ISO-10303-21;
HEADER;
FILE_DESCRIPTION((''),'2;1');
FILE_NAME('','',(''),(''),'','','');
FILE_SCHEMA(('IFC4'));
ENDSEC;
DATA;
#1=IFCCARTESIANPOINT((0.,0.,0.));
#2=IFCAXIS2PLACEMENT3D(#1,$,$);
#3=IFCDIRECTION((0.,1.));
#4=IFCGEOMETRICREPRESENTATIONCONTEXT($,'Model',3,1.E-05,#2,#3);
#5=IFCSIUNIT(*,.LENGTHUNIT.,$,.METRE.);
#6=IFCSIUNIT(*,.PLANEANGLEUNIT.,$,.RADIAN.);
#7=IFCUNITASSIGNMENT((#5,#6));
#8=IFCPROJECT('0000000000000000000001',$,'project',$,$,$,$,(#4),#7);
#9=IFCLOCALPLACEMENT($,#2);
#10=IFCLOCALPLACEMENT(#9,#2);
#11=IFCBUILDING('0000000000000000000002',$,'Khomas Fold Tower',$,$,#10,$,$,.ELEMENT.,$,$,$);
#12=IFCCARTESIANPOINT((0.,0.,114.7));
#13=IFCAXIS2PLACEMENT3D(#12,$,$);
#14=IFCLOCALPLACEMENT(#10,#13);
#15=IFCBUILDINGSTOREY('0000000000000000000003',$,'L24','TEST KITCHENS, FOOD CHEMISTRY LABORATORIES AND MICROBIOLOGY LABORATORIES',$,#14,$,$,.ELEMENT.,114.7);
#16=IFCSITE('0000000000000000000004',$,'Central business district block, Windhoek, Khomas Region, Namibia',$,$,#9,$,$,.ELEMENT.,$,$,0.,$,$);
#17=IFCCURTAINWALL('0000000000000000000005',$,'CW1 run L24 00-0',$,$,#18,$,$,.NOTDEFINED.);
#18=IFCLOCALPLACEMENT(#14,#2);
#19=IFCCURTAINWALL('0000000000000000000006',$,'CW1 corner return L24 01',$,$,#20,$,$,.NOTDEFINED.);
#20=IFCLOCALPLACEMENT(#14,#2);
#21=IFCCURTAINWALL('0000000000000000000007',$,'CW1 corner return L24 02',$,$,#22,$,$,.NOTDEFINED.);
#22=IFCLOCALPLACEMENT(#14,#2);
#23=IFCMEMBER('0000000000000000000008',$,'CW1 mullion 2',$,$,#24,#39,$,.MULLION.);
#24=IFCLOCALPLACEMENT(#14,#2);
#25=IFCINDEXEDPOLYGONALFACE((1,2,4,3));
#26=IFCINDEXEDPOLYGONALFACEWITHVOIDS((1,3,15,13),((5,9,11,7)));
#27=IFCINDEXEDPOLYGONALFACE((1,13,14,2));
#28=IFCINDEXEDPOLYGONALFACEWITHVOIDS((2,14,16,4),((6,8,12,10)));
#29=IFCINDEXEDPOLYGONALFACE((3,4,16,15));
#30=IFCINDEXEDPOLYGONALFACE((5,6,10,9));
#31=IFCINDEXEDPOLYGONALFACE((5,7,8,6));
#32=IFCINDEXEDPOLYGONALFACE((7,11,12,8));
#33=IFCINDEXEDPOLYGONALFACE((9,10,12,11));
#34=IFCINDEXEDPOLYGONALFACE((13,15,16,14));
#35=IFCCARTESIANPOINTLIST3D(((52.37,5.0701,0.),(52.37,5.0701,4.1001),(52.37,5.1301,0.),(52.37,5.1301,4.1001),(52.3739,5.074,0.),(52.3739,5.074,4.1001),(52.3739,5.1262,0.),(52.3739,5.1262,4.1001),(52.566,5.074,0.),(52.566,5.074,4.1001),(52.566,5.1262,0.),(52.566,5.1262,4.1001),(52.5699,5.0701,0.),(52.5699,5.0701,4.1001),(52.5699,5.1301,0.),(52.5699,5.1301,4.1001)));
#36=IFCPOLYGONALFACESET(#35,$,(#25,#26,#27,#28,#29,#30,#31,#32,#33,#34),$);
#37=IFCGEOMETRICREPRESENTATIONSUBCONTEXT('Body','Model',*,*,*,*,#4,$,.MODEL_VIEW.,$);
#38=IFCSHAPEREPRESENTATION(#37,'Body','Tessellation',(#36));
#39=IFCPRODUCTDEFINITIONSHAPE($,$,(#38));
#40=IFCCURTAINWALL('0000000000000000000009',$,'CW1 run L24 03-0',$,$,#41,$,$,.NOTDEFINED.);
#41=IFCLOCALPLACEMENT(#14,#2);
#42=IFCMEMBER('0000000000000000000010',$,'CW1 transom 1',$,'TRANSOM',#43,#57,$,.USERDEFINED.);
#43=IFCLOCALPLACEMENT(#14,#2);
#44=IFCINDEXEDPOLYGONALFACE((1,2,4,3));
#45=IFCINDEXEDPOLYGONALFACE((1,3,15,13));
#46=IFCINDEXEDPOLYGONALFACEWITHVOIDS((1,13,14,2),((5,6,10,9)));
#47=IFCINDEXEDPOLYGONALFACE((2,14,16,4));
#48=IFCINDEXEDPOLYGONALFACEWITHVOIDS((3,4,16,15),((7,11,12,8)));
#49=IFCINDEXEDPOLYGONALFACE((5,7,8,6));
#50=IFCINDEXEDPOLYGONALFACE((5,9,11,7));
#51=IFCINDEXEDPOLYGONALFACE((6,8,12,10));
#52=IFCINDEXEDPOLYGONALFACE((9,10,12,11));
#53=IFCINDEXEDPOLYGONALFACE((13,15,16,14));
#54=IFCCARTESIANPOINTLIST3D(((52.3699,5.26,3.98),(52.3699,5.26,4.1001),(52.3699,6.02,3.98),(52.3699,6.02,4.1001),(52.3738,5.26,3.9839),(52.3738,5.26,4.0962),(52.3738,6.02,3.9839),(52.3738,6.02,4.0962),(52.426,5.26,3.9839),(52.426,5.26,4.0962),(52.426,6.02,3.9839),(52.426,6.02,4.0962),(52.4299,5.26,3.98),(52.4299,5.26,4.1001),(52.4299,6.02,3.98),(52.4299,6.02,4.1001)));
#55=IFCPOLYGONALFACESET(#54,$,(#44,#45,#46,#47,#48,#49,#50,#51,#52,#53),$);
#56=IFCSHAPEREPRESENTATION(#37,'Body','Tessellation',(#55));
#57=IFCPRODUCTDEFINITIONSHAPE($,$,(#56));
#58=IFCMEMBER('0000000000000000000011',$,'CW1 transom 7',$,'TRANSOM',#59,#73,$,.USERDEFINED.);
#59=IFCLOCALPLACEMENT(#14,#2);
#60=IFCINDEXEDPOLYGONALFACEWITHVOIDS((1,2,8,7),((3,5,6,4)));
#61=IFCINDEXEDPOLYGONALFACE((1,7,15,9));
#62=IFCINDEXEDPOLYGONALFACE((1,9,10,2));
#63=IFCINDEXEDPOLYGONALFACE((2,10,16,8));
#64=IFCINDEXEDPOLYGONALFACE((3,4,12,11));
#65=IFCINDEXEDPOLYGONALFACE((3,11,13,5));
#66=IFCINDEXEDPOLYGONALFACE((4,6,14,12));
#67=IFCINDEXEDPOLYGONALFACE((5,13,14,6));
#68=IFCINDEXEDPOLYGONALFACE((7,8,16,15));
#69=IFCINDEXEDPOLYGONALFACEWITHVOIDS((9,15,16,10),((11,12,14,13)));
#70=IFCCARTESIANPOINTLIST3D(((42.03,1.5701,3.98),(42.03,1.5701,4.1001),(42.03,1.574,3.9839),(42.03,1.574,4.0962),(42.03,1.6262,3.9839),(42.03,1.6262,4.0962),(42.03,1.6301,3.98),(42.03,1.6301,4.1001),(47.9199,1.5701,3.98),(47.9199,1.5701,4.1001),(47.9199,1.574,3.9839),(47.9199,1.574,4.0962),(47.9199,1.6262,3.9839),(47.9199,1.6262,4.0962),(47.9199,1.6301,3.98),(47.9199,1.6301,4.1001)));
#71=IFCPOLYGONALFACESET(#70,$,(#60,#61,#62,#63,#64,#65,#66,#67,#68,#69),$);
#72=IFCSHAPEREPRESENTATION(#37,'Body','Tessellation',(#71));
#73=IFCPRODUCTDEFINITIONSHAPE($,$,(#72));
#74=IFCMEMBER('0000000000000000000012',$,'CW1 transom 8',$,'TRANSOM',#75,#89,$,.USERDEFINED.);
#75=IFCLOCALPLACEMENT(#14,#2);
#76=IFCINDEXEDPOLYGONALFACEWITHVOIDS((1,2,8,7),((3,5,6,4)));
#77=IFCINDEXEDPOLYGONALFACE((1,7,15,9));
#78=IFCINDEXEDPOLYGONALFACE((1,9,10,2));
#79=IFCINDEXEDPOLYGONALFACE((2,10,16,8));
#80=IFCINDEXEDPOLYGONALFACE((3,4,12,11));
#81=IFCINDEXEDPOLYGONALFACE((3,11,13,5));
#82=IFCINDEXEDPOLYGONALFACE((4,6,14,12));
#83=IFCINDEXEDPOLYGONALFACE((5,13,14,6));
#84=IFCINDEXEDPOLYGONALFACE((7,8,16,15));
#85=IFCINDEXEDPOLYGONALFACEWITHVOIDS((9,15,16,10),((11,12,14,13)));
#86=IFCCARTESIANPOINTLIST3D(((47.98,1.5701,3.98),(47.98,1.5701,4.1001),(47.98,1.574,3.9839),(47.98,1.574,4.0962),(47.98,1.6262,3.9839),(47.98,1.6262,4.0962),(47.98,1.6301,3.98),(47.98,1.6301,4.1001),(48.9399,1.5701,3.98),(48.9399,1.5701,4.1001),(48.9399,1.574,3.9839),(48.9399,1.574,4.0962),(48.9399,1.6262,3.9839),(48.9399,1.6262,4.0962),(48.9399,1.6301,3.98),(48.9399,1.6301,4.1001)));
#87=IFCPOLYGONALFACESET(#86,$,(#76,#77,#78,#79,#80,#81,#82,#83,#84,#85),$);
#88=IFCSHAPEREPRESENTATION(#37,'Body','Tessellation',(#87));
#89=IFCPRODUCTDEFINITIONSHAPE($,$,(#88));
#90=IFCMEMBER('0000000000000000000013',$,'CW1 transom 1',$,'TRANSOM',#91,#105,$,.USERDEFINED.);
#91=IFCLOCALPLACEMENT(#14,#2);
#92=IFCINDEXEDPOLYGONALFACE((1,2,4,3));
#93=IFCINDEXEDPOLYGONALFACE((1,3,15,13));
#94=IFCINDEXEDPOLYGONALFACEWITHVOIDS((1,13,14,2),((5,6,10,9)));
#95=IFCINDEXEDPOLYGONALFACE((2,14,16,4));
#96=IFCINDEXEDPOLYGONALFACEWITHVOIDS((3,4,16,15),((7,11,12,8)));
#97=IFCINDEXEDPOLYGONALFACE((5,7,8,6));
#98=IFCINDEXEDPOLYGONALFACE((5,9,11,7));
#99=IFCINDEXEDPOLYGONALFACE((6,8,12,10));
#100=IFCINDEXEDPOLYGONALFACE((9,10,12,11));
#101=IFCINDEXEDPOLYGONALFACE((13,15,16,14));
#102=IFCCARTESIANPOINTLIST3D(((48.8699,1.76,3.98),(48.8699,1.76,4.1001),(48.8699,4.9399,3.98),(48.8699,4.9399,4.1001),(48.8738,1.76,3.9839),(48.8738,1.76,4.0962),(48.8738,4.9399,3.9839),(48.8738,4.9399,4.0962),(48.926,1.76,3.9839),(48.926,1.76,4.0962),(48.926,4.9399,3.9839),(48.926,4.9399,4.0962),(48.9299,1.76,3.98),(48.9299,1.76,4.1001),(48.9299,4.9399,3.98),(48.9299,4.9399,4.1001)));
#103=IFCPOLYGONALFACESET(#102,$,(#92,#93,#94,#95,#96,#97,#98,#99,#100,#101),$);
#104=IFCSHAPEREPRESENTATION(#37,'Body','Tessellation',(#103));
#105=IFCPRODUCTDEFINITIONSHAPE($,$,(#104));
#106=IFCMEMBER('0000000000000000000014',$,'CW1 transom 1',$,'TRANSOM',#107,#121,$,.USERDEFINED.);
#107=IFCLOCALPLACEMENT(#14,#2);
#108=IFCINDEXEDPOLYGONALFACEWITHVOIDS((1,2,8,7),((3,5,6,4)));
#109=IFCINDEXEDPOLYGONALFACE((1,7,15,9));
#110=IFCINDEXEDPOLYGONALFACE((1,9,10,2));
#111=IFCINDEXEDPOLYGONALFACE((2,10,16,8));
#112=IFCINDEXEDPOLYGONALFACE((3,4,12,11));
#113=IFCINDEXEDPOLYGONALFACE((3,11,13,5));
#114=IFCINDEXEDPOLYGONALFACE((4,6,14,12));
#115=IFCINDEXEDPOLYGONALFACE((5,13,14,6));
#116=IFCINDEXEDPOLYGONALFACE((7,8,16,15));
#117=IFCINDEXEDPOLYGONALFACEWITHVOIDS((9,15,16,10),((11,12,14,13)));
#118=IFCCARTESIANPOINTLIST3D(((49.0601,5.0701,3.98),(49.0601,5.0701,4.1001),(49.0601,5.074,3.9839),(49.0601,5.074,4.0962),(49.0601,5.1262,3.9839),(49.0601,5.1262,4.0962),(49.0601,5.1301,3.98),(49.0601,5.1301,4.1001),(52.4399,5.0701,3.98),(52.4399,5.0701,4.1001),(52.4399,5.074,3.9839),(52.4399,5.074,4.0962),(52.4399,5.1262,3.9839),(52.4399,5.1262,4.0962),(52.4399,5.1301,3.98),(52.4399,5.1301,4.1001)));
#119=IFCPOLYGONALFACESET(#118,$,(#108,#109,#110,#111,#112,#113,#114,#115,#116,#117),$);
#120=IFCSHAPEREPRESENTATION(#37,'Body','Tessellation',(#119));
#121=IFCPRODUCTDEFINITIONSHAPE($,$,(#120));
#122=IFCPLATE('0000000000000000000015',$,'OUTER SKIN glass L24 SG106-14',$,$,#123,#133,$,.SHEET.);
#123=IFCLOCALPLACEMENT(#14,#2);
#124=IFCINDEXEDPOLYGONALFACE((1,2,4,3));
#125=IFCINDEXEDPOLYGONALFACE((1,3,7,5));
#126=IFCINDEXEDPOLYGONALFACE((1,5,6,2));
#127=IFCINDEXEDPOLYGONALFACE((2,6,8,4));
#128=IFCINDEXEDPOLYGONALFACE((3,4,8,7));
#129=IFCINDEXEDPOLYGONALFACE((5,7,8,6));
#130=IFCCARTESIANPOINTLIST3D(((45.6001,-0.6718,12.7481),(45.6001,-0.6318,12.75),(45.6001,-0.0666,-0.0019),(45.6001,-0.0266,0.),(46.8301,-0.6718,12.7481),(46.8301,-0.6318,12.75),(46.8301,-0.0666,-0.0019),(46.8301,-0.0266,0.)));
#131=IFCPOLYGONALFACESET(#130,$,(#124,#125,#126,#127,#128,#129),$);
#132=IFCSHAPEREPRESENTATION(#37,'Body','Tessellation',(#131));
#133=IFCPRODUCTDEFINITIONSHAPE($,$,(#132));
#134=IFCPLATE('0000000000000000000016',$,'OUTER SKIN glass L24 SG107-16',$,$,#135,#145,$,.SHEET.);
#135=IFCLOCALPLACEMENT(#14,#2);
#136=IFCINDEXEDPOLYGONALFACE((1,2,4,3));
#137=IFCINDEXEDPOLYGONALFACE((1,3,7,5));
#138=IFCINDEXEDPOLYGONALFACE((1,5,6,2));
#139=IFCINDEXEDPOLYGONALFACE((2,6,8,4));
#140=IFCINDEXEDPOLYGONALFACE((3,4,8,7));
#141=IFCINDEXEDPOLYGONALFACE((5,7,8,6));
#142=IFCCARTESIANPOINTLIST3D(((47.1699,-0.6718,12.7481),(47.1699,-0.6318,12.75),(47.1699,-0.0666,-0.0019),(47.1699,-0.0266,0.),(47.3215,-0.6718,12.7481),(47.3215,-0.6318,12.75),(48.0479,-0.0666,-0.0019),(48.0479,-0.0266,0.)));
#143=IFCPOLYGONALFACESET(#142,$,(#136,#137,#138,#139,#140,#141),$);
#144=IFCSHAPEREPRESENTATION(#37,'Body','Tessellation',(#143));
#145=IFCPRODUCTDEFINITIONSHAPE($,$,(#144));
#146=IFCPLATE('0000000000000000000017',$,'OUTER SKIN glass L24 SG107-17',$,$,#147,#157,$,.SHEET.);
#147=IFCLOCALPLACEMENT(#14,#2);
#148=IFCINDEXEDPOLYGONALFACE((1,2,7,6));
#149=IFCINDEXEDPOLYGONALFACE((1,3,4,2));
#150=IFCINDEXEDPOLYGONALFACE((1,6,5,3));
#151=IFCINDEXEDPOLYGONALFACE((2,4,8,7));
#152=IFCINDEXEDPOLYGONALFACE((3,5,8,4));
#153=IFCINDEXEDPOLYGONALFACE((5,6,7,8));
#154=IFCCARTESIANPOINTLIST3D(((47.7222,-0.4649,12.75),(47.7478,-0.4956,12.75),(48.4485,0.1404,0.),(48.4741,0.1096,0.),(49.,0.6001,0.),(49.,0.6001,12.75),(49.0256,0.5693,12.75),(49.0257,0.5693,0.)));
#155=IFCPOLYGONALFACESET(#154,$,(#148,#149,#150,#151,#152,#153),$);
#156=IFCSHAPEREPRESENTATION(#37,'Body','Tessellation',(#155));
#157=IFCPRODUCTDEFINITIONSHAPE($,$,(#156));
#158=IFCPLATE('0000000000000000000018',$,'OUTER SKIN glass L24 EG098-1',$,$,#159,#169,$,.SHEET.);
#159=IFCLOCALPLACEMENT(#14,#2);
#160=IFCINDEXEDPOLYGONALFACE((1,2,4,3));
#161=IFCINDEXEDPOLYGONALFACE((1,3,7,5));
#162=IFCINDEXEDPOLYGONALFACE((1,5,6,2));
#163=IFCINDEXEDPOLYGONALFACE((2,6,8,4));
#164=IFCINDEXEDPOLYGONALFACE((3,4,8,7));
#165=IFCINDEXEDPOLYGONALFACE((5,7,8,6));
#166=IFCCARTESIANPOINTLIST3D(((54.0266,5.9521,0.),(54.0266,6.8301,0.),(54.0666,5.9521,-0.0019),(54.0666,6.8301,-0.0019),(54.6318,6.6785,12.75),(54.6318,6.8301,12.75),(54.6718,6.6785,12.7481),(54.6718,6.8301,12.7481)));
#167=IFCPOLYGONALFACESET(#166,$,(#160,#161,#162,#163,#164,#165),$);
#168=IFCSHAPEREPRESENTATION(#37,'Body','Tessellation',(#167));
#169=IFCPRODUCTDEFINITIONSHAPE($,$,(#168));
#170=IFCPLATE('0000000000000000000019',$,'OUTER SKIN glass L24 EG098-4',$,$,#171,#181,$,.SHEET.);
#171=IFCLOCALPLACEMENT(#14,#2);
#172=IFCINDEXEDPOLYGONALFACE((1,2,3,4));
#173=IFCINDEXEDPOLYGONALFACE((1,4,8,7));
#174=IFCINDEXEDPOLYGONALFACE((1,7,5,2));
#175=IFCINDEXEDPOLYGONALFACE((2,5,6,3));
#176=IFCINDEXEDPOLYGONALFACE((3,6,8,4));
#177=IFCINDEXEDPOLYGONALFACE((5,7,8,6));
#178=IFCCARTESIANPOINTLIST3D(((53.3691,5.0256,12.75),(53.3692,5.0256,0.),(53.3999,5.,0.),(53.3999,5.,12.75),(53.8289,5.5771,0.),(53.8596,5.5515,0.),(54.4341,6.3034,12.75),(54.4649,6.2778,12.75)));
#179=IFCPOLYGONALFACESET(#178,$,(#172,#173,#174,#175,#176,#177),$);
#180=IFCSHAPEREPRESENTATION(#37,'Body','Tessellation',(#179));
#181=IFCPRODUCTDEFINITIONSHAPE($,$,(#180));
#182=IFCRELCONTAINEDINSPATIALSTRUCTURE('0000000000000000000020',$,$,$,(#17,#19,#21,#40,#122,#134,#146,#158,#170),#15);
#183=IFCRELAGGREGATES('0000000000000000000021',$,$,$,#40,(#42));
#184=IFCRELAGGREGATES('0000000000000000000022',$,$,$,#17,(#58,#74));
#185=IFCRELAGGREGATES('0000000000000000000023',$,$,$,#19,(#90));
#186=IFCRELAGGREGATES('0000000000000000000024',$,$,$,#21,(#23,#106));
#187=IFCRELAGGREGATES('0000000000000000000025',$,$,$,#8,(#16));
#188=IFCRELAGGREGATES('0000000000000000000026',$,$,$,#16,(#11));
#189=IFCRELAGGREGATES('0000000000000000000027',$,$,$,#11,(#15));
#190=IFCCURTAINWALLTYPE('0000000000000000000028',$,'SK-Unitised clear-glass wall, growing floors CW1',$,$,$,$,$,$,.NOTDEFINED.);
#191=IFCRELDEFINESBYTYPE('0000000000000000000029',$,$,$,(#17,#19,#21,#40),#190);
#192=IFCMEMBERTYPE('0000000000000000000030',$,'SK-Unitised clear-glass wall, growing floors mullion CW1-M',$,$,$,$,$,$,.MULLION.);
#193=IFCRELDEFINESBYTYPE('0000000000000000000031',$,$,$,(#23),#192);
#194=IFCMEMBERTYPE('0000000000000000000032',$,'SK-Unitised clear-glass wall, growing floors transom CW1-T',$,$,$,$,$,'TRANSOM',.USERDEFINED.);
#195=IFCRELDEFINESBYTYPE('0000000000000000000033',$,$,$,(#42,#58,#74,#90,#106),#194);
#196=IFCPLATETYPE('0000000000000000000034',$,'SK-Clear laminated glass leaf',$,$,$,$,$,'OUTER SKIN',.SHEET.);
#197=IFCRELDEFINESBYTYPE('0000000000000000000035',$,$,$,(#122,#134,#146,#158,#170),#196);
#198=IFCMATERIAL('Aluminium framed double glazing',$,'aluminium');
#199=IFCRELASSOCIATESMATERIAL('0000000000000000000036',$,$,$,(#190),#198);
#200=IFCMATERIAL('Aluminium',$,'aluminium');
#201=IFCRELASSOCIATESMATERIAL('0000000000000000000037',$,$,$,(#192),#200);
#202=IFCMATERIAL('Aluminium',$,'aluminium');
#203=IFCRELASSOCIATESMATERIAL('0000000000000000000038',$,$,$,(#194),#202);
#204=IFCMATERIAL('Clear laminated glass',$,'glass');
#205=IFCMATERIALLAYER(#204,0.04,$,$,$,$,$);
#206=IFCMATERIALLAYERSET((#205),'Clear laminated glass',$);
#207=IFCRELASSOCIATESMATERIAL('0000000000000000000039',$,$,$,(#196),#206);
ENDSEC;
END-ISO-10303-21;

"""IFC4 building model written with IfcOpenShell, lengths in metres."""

from ifc_helpers import new_model, si_unit, direction, frame, origin, origin_2d, place, context, subcontext, project, spatial, polyline, hollow_rectangle, outline, extrude, source, transform, mapped, material, layer, layer_set, material_profile, profile_set, type_object, element, aggregate, save


model = new_model("IFC4")

# Units and contexts
model_context = context("Model", 3, precision=1e-05, world=origin(), true_north=direction((0.0, 1.0)))
body_context = subcontext(model_context, "Body", "Model", "MODEL_VIEW")
ifc_project = project(units=[si_unit("LENGTHUNIT", "METRE"), si_unit("PLANEANGLEUNIT", "RADIAN")], contexts=[model_context])

# Site, building, storey
site_placement = place(None, origin())
site = spatial("IfcSite", under=ifc_project, at=site_placement, Name="Central business district block, Windhoek, Khomas Region, Namibia", CompositionType="ELEMENT", RefElevation=0.0)
building_placement = place(site_placement, origin())
building = spatial("IfcBuilding", under=site, at=building_placement, Name="Khomas Fold Tower", CompositionType="ELEMENT")
storey_placement = place(building_placement, frame((0.0, 0.0, 114.7)))
storey = spatial("IfcBuildingStorey", under=building, at=storey_placement, Name="L24", Description="TEST KITCHENS, FOOD CHEMISTRY LABORATORIES AND MICROBIOLOGY LABORATORIES", CompositionType="ELEMENT", Elevation=114.7)

# Curtain walls, member
ifc_material_1 = material(Name="Aluminium framed double glazing", Category="aluminium")
curtain_wall_type = type_object("IfcCurtainWallType", Name="SK-Unitised clear-glass wall, growing floors CW1", PredefinedType="NOTDEFINED", material=ifc_material_1)
curtain_wall_1_placement = place(storey_placement, origin())
curtain_wall_1 = element("IfcCurtainWall", 1, at=curtain_wall_1_placement, inside=storey, type_object=curtain_wall_type, Name="CW1 run L24 00-0", PredefinedType="NOTDEFINED")
ifc_material_2 = material(Name="Aluminium", Category="aluminium")
ifc_material_profile_1 = material_profile(ifc_material_2, hollow_rectangle(XDim=0.0601, YDim=0.2, WallThickness=0.0039, at=origin_2d()), Name="SK-Unitised clear-glass wall, growing floors mullion CW1-M")
ifc_profile_set_1 = profile_set([ifc_material_profile_1], Name="Aluminium")
member_type_1 = type_object("IfcMemberType", Name="SK-Unitised clear-glass wall, growing floors mullion CW1-M", PredefinedType="MULLION", material=ifc_profile_set_1)
shared_shape_1 = source(origin(), body_context, "Body", "SweptSolid", [
    extrude(hollow_rectangle(XDim=0.0601, YDim=0.2, WallThickness=0.0039, at=origin_2d()), origin(), (0.0, 0.0, 1.0), 4.1001),
])
curtain_wall_2_placement = place(storey_placement, origin())
curtain_wall_2 = element("IfcCurtainWall", 2, at=curtain_wall_2_placement, inside=storey, type_object=curtain_wall_type, Name="CW1 corner return L24 01", PredefinedType="NOTDEFINED")
curtain_wall_3_placement = place(storey_placement, origin())
curtain_wall_3 = element("IfcCurtainWall", 3, at=curtain_wall_3_placement, inside=storey, type_object=curtain_wall_type, Name="CW1 corner return L24 02", PredefinedType="NOTDEFINED")
member_1_placement = place(storey_placement, frame((52.47, 5.1001, 0.0), z_axis=(0.0, 0.0, 1.0), x_axis=(0.0, 1.0, 0.0)))
member_1 = element("IfcMember", 4, at=member_1_placement, type_object=member_type_1, Name="CW1 mullion 2", PredefinedType="MULLION", context=body_context, shape_type="MappedRepresentation", body=[
    mapped(shared_shape_1, transform((0.0, 0.0, 0.0))),
])

# Curtain wall, member
curtain_wall_4_placement = place(storey_placement, origin())
curtain_wall_4 = element("IfcCurtainWall", 5, at=curtain_wall_4_placement, inside=storey, type_object=curtain_wall_type, Name="CW1 run L24 03-0", PredefinedType="NOTDEFINED")
ifc_material_3 = material(Name="Aluminium", Category="aluminium")
ifc_material_profile_2 = material_profile(ifc_material_3, hollow_rectangle(XDim=0.0601, YDim=0.1201, WallThickness=0.0039, at=origin_2d()), Name="SK-Unitised clear-glass wall, growing floors transom CW1-T")
ifc_profile_set_2 = profile_set([ifc_material_profile_2], Name="Aluminium")
member_type_2 = type_object("IfcMemberType", Name="SK-Unitised clear-glass wall, growing floors transom CW1-T", ElementType="TRANSOM", PredefinedType="USERDEFINED", material=ifc_profile_set_2)
shared_shape_2 = source(origin(), body_context, "Body", "SweptSolid", [
    extrude(hollow_rectangle(XDim=0.0601, YDim=0.1201, WallThickness=0.0039, at=origin_2d()), origin(), (0.0, 0.0, 1.0), 0.76),
])
member_2_placement = place(storey_placement, frame((52.3999, 5.26, 4.04), z_axis=(0.0, 1.0, 0.0), x_axis=(-1.0, 0.0, 0.0)))
member_2 = element("IfcMember", 6, at=member_2_placement, type_object=member_type_2, Name="CW1 transom 1", ObjectType="TRANSOM", PredefinedType="USERDEFINED", context=body_context, shape_type="MappedRepresentation", body=[
    mapped(shared_shape_2, transform((0.0, 0.0, 0.0))),
])

# Members
shared_shape_3 = source(origin(), body_context, "Body", "SweptSolid", [
    extrude(hollow_rectangle(XDim=0.0601, YDim=0.1201, WallThickness=0.0039, at=origin_2d()), origin(), (0.0, 0.0, 1.0), 5.8899),
])
member_3_placement = place(storey_placement, frame((42.03, 1.6001, 4.04), z_axis=(1.0, 0.0, 0.0), x_axis=(0.0, 1.0, 0.0)))
member_3 = element("IfcMember", 7, at=member_3_placement, type_object=member_type_2, Name="CW1 transom 7", ObjectType="TRANSOM", PredefinedType="USERDEFINED", context=body_context, shape_type="MappedRepresentation", body=[
    mapped(shared_shape_3, transform((0.0, 0.0, 0.0))),
])
shared_shape_4 = source(origin(), body_context, "Body", "SweptSolid", [
    extrude(hollow_rectangle(XDim=0.0601, YDim=0.1201, WallThickness=0.0039, at=origin_2d()), origin(), (0.0, 0.0, 1.0), 0.96),
])
member_4_placement = place(storey_placement, frame((47.98, 1.6001, 4.04), z_axis=(1.0, 0.0, 0.0), x_axis=(0.0, 1.0, 0.0)))
member_4 = element("IfcMember", 8, at=member_4_placement, type_object=member_type_2, Name="CW1 transom 8", ObjectType="TRANSOM", PredefinedType="USERDEFINED", context=body_context, shape_type="MappedRepresentation", body=[
    mapped(shared_shape_4, transform((0.0, 0.0, 0.0))),
])
shared_shape_5 = source(origin(), body_context, "Body", "SweptSolid", [
    extrude(hollow_rectangle(XDim=0.0601, YDim=0.1201, WallThickness=0.0039, at=origin_2d()), origin(), (0.0, 0.0, 1.0), 3.1799),
])
member_5_placement = place(storey_placement, frame((48.8999, 1.76, 4.04), z_axis=(0.0, 1.0, 0.0), x_axis=(-1.0, 0.0, 0.0)))
member_5 = element("IfcMember", 9, at=member_5_placement, type_object=member_type_2, Name="CW1 transom 1", ObjectType="TRANSOM", PredefinedType="USERDEFINED", context=body_context, shape_type="MappedRepresentation", body=[
    mapped(shared_shape_5, transform((0.0, 0.0, 0.0))),
])
shared_shape_6 = source(origin(), body_context, "Body", "SweptSolid", [
    extrude(hollow_rectangle(XDim=0.0601, YDim=0.1201, WallThickness=0.0039, at=origin_2d()), origin(), (0.0, 0.0, 1.0), 3.3799),
])
member_6_placement = place(storey_placement, frame((49.0601, 5.1001, 4.04), z_axis=(1.0, 0.0, 0.0), x_axis=(0.0, 1.0, 0.0)))
member_6 = element("IfcMember", 10, at=member_6_placement, type_object=member_type_2, Name="CW1 transom 1", ObjectType="TRANSOM", PredefinedType="USERDEFINED", context=body_context, shape_type="MappedRepresentation", body=[
    mapped(shared_shape_6, transform((0.0, 0.0, 0.0))),
])

# Plates
ifc_material_4 = material(Name="Clear laminated glass", Category="glass")
ifc_layer_1 = layer(ifc_material_4, 0.04)
ifc_layer_set_1 = layer_set([ifc_layer_1], Name="Clear laminated glass")
plate_type_1 = type_object("IfcPlateType", Name="SK-Clear laminated glass leaf", ElementType="OUTER SKIN", PredefinedType="SHEET", material=ifc_layer_set_1)
plate_1_placement = place(storey_placement, frame((45.6001, -0.0266, 0.0), z_axis=(0.0, 0.998875, 0.047415), x_axis=(0.0, -0.047415, 0.998875)))
element("IfcPlate", 11, at=plate_1_placement, inside=storey, type_object=plate_type_1, Name="OUTER SKIN glass L24 SG106-14", PredefinedType="SHEET", context=body_context, shape_type="SweptSolid", body=[
    extrude(outline(polyline([(0.0, 0.0), (12.7644, 0.0), (12.7644, 1.23), (0.0, 1.23), (0.0, 0.0)])), origin(), (0.0, 0.0, -1.0), 0.04),
])
plate_2_placement = place(storey_placement, frame((48.0479, -0.0266, 0.0), z_axis=(0.0, 0.998875, 0.047415), x_axis=(-1.0, 0.0, 0.0)))
element("IfcPlate", 12, at=plate_2_placement, inside=storey, type_object=plate_type_1, Name="OUTER SKIN glass L24 SG107-16", PredefinedType="SHEET", context=body_context, shape_type="SweptSolid", body=[
    extrude(outline(polyline([(0.0, 0.0), (0.8779, 0.0), (0.8779, 12.7644), (0.7263, 12.7644), (0.0, 0.0)])), origin(), (0.0, 0.0, -1.0), 0.04),
])
plate_3_placement = place(storey_placement, frame((48.4741, 0.1096, 0.0), z_axis=(0.640235, -0.768179, 0.000004), x_axis=(-0.056808, -0.047341, 0.997262)))
element("IfcPlate", 13, at=plate_3_placement, inside=storey, type_object=plate_type_1, Name="OUTER SKIN glass L24 SG107-17", PredefinedType="SHEET", context=body_context, shape_type="SweptSolid", body=[
    extrude(outline(polyline([(0.0, 0.0), (12.785, 0.0), (12.662, -1.6589), (-0.0531, -0.716), (0.0, 0.0)])), origin(), (0.0, 0.0, -1.0), 0.04),
])
plate_4_placement = place(storey_placement, frame((54.0266, 5.9521, 0.0), z_axis=(-0.998875, 0.0, 0.047415), x_axis=(0.047339, 0.05681, 0.997262)))
element("IfcPlate", 14, at=plate_4_placement, inside=storey, type_object=plate_type_1, Name="OUTER SKIN glass L24 EG098-1", PredefinedType="SHEET", context=body_context, shape_type="SweptSolid", body=[
    extrude(outline(polyline([(0.0, 0.0), (12.785, 0.0), (12.7936, 0.1514), (0.0499, 0.8765), (0.0, 0.0)])), origin(), (0.0, 0.0, -1.0), 0.04),
])
plate_5_placement = place(storey_placement, frame((53.8596, 5.5515, 0.0), z_axis=(0.768179, -0.640235, 0.000004), x_axis=(-0.640235, -0.768179, 0.0)))
element("IfcPlate", 15, at=plate_5_placement, inside=storey, type_object=plate_type_1, Name="OUTER SKIN glass L24 EG098-4", PredefinedType="SHEET", context=body_context, shape_type="SweptSolid", body=[
    extrude(outline(polyline([(0.0, 0.0), (0.718, 0.0), (0.718, -12.75), (-0.9454, -12.75), (0.0, 0.0)])), origin(), (0.0, 0.0, -1.0), 0.04),
])

aggregate(curtain_wall_4, [member_2])
aggregate(curtain_wall_1, [member_3, member_4])
aggregate(curtain_wall_2, [member_5])
aggregate(curtain_wall_3, [member_1, member_6])

save(model, "model.ifc")
